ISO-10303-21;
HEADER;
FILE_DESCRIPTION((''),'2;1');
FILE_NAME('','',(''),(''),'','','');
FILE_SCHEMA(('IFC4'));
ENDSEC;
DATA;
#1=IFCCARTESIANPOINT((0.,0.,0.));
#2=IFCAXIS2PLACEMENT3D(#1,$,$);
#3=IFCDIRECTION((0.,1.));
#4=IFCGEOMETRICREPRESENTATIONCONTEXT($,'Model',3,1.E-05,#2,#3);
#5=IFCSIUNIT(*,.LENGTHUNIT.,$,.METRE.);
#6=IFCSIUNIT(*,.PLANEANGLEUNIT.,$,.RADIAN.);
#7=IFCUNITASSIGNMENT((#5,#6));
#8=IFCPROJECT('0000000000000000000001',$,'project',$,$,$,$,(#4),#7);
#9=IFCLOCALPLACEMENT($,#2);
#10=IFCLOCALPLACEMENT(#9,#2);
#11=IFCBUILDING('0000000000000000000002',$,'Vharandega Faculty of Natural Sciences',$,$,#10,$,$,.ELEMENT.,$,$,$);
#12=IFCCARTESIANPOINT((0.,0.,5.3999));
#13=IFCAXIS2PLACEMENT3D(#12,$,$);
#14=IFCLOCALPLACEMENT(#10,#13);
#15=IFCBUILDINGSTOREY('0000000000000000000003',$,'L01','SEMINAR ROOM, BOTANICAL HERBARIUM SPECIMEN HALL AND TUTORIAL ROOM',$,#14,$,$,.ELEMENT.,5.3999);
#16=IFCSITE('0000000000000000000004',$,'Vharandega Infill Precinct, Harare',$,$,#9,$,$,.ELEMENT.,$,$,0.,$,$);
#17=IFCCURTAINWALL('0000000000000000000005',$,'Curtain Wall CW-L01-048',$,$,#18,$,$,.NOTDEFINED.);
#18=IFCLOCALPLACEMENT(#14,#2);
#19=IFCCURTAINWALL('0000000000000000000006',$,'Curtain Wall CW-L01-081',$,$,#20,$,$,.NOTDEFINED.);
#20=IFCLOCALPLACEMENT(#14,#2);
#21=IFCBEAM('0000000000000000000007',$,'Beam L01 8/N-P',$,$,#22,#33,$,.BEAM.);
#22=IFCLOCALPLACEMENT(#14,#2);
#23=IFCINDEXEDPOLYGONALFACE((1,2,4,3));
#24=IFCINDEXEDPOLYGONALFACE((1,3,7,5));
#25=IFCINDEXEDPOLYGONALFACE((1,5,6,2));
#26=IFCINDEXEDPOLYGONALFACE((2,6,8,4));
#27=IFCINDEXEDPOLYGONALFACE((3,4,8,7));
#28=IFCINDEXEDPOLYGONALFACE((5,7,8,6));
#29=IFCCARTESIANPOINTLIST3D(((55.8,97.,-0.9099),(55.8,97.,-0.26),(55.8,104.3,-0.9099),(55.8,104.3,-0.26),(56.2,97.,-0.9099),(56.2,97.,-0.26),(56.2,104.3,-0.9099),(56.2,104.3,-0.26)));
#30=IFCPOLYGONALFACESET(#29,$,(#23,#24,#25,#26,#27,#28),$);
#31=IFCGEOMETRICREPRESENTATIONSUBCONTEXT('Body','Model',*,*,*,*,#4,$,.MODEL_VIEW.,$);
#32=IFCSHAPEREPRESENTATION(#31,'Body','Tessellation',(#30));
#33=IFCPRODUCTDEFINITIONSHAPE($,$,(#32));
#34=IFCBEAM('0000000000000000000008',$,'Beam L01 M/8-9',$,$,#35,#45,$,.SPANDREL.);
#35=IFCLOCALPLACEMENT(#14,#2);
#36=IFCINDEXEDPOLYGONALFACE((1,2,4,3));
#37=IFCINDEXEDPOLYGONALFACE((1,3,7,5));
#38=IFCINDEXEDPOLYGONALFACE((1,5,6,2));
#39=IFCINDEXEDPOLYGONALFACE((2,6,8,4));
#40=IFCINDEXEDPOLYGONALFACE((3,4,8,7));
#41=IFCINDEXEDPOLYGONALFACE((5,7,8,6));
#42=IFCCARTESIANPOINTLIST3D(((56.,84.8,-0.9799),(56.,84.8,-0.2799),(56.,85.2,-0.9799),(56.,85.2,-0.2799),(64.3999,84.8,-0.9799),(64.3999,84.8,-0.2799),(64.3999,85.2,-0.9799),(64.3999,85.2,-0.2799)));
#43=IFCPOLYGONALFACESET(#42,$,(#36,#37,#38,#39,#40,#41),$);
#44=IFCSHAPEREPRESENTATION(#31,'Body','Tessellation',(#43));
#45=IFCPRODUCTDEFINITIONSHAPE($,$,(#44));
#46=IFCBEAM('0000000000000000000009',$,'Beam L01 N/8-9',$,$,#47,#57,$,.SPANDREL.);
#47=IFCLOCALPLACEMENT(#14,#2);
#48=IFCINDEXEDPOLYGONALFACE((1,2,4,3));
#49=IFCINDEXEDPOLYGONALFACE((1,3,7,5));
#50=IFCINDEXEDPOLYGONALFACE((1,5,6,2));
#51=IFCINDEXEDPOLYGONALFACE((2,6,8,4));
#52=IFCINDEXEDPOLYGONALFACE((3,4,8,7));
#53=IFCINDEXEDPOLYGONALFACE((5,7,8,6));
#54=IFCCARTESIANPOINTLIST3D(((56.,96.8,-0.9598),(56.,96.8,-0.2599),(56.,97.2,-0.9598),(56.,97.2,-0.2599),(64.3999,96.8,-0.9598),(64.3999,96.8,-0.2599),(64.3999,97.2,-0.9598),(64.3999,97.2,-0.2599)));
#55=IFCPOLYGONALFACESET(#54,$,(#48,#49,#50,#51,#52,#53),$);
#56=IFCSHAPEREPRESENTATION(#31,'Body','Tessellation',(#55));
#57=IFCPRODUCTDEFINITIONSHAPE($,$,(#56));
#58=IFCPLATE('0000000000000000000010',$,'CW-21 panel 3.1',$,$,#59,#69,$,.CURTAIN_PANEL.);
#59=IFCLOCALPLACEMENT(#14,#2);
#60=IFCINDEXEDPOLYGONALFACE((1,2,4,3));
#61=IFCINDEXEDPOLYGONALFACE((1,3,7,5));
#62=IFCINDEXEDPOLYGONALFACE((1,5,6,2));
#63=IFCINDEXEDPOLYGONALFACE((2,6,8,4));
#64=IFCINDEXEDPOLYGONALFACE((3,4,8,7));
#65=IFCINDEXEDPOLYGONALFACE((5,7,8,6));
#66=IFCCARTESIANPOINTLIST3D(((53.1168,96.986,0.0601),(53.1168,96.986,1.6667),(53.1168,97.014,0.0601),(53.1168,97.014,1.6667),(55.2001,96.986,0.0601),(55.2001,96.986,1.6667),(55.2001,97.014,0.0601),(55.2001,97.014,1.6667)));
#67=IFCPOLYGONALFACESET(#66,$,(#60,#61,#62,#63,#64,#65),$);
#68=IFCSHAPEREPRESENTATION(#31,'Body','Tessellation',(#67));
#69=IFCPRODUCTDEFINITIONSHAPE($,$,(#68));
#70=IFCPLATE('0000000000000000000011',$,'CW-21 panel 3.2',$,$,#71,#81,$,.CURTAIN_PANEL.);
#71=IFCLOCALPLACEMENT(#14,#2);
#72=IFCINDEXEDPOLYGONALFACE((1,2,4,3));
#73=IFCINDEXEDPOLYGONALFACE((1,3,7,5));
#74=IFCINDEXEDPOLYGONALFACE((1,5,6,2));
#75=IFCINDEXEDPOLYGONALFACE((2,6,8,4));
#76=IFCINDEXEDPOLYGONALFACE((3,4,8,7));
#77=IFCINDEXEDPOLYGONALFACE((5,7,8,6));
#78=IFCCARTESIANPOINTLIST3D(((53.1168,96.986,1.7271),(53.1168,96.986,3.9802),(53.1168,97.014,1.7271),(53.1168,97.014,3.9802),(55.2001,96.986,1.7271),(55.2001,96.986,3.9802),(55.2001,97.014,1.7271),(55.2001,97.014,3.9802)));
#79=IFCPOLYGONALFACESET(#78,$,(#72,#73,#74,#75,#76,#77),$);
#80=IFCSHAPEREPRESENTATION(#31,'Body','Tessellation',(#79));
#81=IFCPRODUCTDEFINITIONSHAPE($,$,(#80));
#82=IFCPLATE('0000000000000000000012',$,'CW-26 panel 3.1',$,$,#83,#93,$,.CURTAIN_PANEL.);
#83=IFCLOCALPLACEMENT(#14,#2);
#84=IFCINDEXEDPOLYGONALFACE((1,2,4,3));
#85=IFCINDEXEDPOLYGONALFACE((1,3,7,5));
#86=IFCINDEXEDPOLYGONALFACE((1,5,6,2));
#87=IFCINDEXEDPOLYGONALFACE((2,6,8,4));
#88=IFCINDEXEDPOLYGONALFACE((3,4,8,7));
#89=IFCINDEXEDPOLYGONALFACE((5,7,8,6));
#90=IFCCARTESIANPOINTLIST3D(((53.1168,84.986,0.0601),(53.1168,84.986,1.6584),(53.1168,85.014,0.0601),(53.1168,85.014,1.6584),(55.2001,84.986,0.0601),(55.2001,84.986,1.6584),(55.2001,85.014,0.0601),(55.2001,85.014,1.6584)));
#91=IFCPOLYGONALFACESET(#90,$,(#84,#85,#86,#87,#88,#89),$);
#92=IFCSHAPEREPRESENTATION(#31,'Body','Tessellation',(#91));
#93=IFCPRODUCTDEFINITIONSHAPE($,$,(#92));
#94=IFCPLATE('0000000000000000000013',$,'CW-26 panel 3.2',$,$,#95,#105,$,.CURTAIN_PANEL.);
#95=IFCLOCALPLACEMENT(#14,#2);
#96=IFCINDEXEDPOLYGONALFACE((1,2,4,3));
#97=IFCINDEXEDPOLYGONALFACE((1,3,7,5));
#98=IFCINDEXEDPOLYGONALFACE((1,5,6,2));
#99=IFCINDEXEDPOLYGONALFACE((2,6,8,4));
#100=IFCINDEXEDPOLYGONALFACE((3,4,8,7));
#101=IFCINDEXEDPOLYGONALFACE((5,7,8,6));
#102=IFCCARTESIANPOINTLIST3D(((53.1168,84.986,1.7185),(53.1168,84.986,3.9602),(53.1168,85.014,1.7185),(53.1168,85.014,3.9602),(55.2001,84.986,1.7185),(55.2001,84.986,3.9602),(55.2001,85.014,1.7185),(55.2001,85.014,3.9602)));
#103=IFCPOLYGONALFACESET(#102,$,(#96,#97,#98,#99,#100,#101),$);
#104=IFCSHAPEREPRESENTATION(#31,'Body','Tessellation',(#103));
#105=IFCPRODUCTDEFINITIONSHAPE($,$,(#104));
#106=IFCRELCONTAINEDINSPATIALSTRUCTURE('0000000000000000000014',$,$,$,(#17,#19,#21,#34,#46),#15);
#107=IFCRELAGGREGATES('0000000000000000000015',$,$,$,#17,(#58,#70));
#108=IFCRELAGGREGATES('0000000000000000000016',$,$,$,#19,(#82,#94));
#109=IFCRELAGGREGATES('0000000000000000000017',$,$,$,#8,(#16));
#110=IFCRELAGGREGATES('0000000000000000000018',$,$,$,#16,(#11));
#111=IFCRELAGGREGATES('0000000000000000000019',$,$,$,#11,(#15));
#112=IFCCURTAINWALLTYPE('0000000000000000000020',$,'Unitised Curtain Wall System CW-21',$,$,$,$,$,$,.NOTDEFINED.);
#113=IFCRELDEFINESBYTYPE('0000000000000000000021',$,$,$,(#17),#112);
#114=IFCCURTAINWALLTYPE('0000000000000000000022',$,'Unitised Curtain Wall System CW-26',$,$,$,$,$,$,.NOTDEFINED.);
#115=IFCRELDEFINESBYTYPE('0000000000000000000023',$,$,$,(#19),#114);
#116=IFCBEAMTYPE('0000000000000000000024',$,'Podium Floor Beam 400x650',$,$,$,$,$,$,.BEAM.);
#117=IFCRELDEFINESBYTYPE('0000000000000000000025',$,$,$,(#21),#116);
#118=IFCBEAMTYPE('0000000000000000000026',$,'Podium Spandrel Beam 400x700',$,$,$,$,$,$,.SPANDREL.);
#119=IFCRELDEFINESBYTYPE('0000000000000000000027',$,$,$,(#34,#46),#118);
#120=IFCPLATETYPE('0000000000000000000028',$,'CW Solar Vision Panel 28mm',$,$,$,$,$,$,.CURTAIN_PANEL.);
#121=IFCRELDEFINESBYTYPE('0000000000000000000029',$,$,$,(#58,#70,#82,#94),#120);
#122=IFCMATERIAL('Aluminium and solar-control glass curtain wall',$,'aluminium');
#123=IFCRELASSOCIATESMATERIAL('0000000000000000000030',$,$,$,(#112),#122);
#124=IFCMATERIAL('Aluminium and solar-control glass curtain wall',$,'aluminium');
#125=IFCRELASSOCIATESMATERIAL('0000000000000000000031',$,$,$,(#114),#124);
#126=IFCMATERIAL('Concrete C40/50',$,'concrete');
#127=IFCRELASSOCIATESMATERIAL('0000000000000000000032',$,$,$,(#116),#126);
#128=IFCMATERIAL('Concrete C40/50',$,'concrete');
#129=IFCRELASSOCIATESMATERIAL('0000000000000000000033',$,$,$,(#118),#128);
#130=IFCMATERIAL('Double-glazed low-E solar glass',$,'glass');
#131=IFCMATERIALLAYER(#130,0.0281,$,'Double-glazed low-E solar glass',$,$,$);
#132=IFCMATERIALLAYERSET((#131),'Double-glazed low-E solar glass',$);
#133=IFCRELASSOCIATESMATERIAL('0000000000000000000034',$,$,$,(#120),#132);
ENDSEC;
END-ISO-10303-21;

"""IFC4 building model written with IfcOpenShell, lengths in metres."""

from ifc_helpers import new_model, si_unit, direction, frame, origin, origin_2d, place, context, subcontext, project, spatial, rectangle, extrude, material, layer, layer_set, material_profile, profile_set, type_object, element, aggregate, save


model = new_model("IFC4")

# Units and contexts
model_context = context("Model", 3, precision=1e-05, world=origin(), true_north=direction((0.0, 1.0)))
body_context = subcontext(model_context, "Body", "Model", "MODEL_VIEW")
ifc_project = project(units=[si_unit("LENGTHUNIT", "METRE"), si_unit("PLANEANGLEUNIT", "RADIAN")], contexts=[model_context])

# Site, building, storey
site_placement = place(None, origin())
site = spatial("IfcSite", under=ifc_project, at=site_placement, Name="Vharandega Infill Precinct, Harare", CompositionType="ELEMENT", RefElevation=0.0)
building_placement = place(site_placement, origin())
building = spatial("IfcBuilding", under=site, at=building_placement, Name="Vharandega Faculty of Natural Sciences", CompositionType="ELEMENT")
storey_placement = place(building_placement, frame((0.0, 0.0, 5.3999)))
storey = spatial("IfcBuildingStorey", under=building, at=storey_placement, Name="L01", Description="SEMINAR ROOM, BOTANICAL HERBARIUM SPECIMEN HALL AND TUTORIAL ROOM", CompositionType="ELEMENT", Elevation=5.3999)

# Curtain walls
ifc_material_1 = material(Name="Aluminium and solar-control glass curtain wall", Category="aluminium")
curtain_wall_type_1 = type_object("IfcCurtainWallType", Name="Unitised Curtain Wall System CW-21", PredefinedType="NOTDEFINED", material=ifc_material_1)
curtain_wall_1_placement = place(storey_placement, origin())
curtain_wall_1 = element("IfcCurtainWall", 1, at=curtain_wall_1_placement, inside=storey, type_object=curtain_wall_type_1, Name="Curtain Wall CW-L01-048", PredefinedType="NOTDEFINED")
ifc_material_2 = material(Name="Aluminium and solar-control glass curtain wall", Category="aluminium")
curtain_wall_type_2 = type_object("IfcCurtainWallType", Name="Unitised Curtain Wall System CW-26", PredefinedType="NOTDEFINED", material=ifc_material_2)
curtain_wall_2_placement = place(storey_placement, origin())
curtain_wall_2 = element("IfcCurtainWall", 2, at=curtain_wall_2_placement, inside=storey, type_object=curtain_wall_type_2, Name="Curtain Wall CW-L01-081", PredefinedType="NOTDEFINED")

# Beams
ifc_material_3 = material(Name="Concrete C40/50", Category="concrete")
ifc_material_profile_1 = material_profile(ifc_material_3, rectangle(XDim=0.3999, YDim=0.6499, at=origin_2d()), Name="RC 400x650")
ifc_profile_set_1 = profile_set([ifc_material_profile_1], Name="Concrete C40/50")
beam_type_1 = type_object("IfcBeamType", Name="Podium Floor Beam 400x650", PredefinedType="BEAM", material=ifc_profile_set_1)
beam_placement = place(storey_placement, frame((56.0, 97.0, -0.585), z_axis=(0.0, 1.0, 0.0), x_axis=(-1.0, 0.0, 0.0)))
element("IfcBeam", 3, at=beam_placement, inside=storey, type_object=beam_type_1, Name="Beam L01 8/N-P", PredefinedType="BEAM", context=body_context, shape_type="SweptSolid", body=[
    extrude(rectangle(XDim=0.3999, YDim=0.6499, at=origin_2d()), origin(), (0.0, 0.0, 1.0), 7.3),
])
ifc_material_4 = material(Name="Concrete C40/50", Category="concrete")
ifc_material_profile_2 = material_profile(ifc_material_4, rectangle(XDim=0.3999, YDim=0.7, at=origin_2d()), Name="RC 400x700")
ifc_profile_set_2 = profile_set([ifc_material_profile_2], Name="Concrete C40/50")
beam_type_2 = type_object("IfcBeamType", Name="Podium Spandrel Beam 400x700", PredefinedType="SPANDREL", material=ifc_profile_set_2)
for number, where, z_axis, x_axis, name in (
    (4, (56.0, 85.0, -0.6299), (1.0, 0.0, 0.0), (0.0, 1.0, 0.0), "Beam L01 M/8-9"),
    (5, (56.0, 97.0, -0.6099), (1.0, 0.0, 0.0), (0.0, 1.0, 0.0), "Beam L01 N/8-9"),
):
    element("IfcBeam", number, at=place(storey_placement, frame(where, z_axis=z_axis, x_axis=x_axis)), inside=storey, type_object=beam_type_2, Name=name, PredefinedType="SPANDREL", context=body_context, shape_type="SweptSolid", body=[
        extrude(rectangle(XDim=0.3999, YDim=0.7, at=origin_2d()), origin(), (0.0, 0.0, 1.0), 8.3999),
    ])

# Plates
ifc_material_5 = material(Name="Double-glazed low-E solar glass", Category="glass")
ifc_layer = layer(ifc_material_5, 0.0281, Name="Double-glazed low-E solar glass")
ifc_layer_set = layer_set([ifc_layer], Name="Double-glazed low-E solar glass")
plate_type = type_object("IfcPlateType", Name="CW Solar Vision Panel 28mm", PredefinedType="CURTAIN_PANEL", material=ifc_layer_set)
plate_1_placement = place(storey_placement, frame((54.1584, 97.0, 0.0601), z_axis=(0.0, 0.0, 1.0), x_axis=(1.0, 0.0, 0.0)))
plate_1 = element("IfcPlate", 6, at=plate_1_placement, type_object=plate_type, Name="CW-21 panel 3.1", PredefinedType="CURTAIN_PANEL", context=body_context, shape_type="SweptSolid", body=[
    extrude(rectangle(XDim=2.0833, YDim=0.0281, at=origin_2d()), origin(), (0.0, 0.0, 1.0), 1.6067),
])
plate_2_placement = place(storey_placement, frame((54.1584, 97.0, 1.7271), z_axis=(0.0, 0.0, 1.0), x_axis=(1.0, 0.0, 0.0)))
plate_2 = element("IfcPlate", 7, at=plate_2_placement, type_object=plate_type, Name="CW-21 panel 3.2", PredefinedType="CURTAIN_PANEL", context=body_context, shape_type="SweptSolid", body=[
    extrude(rectangle(XDim=2.0833, YDim=0.0281, at=origin_2d()), origin(), (0.0, 0.0, 1.0), 2.2532),
])
aggregate(curtain_wall_1, [plate_1, plate_2])
plate_3_placement = place(storey_placement, frame((54.1584, 85.0, 0.0601), z_axis=(0.0, 0.0, 1.0), x_axis=(1.0, 0.0, 0.0)))
plate_3 = element("IfcPlate", 8, at=plate_3_placement, type_object=plate_type, Name="CW-26 panel 3.1", PredefinedType="CURTAIN_PANEL", context=body_context, shape_type="SweptSolid", body=[
    extrude(rectangle(XDim=2.0833, YDim=0.0281, at=origin_2d()), origin(), (0.0, 0.0, 1.0), 1.5984),
])
plate_4_placement = place(storey_placement, frame((54.1584, 85.0, 1.7185), z_axis=(0.0, 0.0, 1.0), x_axis=(1.0, 0.0, 0.0)))
plate_4 = element("IfcPlate", 9, at=plate_4_placement, type_object=plate_type, Name="CW-26 panel 3.2", PredefinedType="CURTAIN_PANEL", context=body_context, shape_type="SweptSolid", body=[
    extrude(rectangle(XDim=2.0833, YDim=0.0281, at=origin_2d()), origin(), (0.0, 0.0, 1.0), 2.2417),
])
aggregate(curtain_wall_2, [plate_3, plate_4])

save(model, "model.ifc")
